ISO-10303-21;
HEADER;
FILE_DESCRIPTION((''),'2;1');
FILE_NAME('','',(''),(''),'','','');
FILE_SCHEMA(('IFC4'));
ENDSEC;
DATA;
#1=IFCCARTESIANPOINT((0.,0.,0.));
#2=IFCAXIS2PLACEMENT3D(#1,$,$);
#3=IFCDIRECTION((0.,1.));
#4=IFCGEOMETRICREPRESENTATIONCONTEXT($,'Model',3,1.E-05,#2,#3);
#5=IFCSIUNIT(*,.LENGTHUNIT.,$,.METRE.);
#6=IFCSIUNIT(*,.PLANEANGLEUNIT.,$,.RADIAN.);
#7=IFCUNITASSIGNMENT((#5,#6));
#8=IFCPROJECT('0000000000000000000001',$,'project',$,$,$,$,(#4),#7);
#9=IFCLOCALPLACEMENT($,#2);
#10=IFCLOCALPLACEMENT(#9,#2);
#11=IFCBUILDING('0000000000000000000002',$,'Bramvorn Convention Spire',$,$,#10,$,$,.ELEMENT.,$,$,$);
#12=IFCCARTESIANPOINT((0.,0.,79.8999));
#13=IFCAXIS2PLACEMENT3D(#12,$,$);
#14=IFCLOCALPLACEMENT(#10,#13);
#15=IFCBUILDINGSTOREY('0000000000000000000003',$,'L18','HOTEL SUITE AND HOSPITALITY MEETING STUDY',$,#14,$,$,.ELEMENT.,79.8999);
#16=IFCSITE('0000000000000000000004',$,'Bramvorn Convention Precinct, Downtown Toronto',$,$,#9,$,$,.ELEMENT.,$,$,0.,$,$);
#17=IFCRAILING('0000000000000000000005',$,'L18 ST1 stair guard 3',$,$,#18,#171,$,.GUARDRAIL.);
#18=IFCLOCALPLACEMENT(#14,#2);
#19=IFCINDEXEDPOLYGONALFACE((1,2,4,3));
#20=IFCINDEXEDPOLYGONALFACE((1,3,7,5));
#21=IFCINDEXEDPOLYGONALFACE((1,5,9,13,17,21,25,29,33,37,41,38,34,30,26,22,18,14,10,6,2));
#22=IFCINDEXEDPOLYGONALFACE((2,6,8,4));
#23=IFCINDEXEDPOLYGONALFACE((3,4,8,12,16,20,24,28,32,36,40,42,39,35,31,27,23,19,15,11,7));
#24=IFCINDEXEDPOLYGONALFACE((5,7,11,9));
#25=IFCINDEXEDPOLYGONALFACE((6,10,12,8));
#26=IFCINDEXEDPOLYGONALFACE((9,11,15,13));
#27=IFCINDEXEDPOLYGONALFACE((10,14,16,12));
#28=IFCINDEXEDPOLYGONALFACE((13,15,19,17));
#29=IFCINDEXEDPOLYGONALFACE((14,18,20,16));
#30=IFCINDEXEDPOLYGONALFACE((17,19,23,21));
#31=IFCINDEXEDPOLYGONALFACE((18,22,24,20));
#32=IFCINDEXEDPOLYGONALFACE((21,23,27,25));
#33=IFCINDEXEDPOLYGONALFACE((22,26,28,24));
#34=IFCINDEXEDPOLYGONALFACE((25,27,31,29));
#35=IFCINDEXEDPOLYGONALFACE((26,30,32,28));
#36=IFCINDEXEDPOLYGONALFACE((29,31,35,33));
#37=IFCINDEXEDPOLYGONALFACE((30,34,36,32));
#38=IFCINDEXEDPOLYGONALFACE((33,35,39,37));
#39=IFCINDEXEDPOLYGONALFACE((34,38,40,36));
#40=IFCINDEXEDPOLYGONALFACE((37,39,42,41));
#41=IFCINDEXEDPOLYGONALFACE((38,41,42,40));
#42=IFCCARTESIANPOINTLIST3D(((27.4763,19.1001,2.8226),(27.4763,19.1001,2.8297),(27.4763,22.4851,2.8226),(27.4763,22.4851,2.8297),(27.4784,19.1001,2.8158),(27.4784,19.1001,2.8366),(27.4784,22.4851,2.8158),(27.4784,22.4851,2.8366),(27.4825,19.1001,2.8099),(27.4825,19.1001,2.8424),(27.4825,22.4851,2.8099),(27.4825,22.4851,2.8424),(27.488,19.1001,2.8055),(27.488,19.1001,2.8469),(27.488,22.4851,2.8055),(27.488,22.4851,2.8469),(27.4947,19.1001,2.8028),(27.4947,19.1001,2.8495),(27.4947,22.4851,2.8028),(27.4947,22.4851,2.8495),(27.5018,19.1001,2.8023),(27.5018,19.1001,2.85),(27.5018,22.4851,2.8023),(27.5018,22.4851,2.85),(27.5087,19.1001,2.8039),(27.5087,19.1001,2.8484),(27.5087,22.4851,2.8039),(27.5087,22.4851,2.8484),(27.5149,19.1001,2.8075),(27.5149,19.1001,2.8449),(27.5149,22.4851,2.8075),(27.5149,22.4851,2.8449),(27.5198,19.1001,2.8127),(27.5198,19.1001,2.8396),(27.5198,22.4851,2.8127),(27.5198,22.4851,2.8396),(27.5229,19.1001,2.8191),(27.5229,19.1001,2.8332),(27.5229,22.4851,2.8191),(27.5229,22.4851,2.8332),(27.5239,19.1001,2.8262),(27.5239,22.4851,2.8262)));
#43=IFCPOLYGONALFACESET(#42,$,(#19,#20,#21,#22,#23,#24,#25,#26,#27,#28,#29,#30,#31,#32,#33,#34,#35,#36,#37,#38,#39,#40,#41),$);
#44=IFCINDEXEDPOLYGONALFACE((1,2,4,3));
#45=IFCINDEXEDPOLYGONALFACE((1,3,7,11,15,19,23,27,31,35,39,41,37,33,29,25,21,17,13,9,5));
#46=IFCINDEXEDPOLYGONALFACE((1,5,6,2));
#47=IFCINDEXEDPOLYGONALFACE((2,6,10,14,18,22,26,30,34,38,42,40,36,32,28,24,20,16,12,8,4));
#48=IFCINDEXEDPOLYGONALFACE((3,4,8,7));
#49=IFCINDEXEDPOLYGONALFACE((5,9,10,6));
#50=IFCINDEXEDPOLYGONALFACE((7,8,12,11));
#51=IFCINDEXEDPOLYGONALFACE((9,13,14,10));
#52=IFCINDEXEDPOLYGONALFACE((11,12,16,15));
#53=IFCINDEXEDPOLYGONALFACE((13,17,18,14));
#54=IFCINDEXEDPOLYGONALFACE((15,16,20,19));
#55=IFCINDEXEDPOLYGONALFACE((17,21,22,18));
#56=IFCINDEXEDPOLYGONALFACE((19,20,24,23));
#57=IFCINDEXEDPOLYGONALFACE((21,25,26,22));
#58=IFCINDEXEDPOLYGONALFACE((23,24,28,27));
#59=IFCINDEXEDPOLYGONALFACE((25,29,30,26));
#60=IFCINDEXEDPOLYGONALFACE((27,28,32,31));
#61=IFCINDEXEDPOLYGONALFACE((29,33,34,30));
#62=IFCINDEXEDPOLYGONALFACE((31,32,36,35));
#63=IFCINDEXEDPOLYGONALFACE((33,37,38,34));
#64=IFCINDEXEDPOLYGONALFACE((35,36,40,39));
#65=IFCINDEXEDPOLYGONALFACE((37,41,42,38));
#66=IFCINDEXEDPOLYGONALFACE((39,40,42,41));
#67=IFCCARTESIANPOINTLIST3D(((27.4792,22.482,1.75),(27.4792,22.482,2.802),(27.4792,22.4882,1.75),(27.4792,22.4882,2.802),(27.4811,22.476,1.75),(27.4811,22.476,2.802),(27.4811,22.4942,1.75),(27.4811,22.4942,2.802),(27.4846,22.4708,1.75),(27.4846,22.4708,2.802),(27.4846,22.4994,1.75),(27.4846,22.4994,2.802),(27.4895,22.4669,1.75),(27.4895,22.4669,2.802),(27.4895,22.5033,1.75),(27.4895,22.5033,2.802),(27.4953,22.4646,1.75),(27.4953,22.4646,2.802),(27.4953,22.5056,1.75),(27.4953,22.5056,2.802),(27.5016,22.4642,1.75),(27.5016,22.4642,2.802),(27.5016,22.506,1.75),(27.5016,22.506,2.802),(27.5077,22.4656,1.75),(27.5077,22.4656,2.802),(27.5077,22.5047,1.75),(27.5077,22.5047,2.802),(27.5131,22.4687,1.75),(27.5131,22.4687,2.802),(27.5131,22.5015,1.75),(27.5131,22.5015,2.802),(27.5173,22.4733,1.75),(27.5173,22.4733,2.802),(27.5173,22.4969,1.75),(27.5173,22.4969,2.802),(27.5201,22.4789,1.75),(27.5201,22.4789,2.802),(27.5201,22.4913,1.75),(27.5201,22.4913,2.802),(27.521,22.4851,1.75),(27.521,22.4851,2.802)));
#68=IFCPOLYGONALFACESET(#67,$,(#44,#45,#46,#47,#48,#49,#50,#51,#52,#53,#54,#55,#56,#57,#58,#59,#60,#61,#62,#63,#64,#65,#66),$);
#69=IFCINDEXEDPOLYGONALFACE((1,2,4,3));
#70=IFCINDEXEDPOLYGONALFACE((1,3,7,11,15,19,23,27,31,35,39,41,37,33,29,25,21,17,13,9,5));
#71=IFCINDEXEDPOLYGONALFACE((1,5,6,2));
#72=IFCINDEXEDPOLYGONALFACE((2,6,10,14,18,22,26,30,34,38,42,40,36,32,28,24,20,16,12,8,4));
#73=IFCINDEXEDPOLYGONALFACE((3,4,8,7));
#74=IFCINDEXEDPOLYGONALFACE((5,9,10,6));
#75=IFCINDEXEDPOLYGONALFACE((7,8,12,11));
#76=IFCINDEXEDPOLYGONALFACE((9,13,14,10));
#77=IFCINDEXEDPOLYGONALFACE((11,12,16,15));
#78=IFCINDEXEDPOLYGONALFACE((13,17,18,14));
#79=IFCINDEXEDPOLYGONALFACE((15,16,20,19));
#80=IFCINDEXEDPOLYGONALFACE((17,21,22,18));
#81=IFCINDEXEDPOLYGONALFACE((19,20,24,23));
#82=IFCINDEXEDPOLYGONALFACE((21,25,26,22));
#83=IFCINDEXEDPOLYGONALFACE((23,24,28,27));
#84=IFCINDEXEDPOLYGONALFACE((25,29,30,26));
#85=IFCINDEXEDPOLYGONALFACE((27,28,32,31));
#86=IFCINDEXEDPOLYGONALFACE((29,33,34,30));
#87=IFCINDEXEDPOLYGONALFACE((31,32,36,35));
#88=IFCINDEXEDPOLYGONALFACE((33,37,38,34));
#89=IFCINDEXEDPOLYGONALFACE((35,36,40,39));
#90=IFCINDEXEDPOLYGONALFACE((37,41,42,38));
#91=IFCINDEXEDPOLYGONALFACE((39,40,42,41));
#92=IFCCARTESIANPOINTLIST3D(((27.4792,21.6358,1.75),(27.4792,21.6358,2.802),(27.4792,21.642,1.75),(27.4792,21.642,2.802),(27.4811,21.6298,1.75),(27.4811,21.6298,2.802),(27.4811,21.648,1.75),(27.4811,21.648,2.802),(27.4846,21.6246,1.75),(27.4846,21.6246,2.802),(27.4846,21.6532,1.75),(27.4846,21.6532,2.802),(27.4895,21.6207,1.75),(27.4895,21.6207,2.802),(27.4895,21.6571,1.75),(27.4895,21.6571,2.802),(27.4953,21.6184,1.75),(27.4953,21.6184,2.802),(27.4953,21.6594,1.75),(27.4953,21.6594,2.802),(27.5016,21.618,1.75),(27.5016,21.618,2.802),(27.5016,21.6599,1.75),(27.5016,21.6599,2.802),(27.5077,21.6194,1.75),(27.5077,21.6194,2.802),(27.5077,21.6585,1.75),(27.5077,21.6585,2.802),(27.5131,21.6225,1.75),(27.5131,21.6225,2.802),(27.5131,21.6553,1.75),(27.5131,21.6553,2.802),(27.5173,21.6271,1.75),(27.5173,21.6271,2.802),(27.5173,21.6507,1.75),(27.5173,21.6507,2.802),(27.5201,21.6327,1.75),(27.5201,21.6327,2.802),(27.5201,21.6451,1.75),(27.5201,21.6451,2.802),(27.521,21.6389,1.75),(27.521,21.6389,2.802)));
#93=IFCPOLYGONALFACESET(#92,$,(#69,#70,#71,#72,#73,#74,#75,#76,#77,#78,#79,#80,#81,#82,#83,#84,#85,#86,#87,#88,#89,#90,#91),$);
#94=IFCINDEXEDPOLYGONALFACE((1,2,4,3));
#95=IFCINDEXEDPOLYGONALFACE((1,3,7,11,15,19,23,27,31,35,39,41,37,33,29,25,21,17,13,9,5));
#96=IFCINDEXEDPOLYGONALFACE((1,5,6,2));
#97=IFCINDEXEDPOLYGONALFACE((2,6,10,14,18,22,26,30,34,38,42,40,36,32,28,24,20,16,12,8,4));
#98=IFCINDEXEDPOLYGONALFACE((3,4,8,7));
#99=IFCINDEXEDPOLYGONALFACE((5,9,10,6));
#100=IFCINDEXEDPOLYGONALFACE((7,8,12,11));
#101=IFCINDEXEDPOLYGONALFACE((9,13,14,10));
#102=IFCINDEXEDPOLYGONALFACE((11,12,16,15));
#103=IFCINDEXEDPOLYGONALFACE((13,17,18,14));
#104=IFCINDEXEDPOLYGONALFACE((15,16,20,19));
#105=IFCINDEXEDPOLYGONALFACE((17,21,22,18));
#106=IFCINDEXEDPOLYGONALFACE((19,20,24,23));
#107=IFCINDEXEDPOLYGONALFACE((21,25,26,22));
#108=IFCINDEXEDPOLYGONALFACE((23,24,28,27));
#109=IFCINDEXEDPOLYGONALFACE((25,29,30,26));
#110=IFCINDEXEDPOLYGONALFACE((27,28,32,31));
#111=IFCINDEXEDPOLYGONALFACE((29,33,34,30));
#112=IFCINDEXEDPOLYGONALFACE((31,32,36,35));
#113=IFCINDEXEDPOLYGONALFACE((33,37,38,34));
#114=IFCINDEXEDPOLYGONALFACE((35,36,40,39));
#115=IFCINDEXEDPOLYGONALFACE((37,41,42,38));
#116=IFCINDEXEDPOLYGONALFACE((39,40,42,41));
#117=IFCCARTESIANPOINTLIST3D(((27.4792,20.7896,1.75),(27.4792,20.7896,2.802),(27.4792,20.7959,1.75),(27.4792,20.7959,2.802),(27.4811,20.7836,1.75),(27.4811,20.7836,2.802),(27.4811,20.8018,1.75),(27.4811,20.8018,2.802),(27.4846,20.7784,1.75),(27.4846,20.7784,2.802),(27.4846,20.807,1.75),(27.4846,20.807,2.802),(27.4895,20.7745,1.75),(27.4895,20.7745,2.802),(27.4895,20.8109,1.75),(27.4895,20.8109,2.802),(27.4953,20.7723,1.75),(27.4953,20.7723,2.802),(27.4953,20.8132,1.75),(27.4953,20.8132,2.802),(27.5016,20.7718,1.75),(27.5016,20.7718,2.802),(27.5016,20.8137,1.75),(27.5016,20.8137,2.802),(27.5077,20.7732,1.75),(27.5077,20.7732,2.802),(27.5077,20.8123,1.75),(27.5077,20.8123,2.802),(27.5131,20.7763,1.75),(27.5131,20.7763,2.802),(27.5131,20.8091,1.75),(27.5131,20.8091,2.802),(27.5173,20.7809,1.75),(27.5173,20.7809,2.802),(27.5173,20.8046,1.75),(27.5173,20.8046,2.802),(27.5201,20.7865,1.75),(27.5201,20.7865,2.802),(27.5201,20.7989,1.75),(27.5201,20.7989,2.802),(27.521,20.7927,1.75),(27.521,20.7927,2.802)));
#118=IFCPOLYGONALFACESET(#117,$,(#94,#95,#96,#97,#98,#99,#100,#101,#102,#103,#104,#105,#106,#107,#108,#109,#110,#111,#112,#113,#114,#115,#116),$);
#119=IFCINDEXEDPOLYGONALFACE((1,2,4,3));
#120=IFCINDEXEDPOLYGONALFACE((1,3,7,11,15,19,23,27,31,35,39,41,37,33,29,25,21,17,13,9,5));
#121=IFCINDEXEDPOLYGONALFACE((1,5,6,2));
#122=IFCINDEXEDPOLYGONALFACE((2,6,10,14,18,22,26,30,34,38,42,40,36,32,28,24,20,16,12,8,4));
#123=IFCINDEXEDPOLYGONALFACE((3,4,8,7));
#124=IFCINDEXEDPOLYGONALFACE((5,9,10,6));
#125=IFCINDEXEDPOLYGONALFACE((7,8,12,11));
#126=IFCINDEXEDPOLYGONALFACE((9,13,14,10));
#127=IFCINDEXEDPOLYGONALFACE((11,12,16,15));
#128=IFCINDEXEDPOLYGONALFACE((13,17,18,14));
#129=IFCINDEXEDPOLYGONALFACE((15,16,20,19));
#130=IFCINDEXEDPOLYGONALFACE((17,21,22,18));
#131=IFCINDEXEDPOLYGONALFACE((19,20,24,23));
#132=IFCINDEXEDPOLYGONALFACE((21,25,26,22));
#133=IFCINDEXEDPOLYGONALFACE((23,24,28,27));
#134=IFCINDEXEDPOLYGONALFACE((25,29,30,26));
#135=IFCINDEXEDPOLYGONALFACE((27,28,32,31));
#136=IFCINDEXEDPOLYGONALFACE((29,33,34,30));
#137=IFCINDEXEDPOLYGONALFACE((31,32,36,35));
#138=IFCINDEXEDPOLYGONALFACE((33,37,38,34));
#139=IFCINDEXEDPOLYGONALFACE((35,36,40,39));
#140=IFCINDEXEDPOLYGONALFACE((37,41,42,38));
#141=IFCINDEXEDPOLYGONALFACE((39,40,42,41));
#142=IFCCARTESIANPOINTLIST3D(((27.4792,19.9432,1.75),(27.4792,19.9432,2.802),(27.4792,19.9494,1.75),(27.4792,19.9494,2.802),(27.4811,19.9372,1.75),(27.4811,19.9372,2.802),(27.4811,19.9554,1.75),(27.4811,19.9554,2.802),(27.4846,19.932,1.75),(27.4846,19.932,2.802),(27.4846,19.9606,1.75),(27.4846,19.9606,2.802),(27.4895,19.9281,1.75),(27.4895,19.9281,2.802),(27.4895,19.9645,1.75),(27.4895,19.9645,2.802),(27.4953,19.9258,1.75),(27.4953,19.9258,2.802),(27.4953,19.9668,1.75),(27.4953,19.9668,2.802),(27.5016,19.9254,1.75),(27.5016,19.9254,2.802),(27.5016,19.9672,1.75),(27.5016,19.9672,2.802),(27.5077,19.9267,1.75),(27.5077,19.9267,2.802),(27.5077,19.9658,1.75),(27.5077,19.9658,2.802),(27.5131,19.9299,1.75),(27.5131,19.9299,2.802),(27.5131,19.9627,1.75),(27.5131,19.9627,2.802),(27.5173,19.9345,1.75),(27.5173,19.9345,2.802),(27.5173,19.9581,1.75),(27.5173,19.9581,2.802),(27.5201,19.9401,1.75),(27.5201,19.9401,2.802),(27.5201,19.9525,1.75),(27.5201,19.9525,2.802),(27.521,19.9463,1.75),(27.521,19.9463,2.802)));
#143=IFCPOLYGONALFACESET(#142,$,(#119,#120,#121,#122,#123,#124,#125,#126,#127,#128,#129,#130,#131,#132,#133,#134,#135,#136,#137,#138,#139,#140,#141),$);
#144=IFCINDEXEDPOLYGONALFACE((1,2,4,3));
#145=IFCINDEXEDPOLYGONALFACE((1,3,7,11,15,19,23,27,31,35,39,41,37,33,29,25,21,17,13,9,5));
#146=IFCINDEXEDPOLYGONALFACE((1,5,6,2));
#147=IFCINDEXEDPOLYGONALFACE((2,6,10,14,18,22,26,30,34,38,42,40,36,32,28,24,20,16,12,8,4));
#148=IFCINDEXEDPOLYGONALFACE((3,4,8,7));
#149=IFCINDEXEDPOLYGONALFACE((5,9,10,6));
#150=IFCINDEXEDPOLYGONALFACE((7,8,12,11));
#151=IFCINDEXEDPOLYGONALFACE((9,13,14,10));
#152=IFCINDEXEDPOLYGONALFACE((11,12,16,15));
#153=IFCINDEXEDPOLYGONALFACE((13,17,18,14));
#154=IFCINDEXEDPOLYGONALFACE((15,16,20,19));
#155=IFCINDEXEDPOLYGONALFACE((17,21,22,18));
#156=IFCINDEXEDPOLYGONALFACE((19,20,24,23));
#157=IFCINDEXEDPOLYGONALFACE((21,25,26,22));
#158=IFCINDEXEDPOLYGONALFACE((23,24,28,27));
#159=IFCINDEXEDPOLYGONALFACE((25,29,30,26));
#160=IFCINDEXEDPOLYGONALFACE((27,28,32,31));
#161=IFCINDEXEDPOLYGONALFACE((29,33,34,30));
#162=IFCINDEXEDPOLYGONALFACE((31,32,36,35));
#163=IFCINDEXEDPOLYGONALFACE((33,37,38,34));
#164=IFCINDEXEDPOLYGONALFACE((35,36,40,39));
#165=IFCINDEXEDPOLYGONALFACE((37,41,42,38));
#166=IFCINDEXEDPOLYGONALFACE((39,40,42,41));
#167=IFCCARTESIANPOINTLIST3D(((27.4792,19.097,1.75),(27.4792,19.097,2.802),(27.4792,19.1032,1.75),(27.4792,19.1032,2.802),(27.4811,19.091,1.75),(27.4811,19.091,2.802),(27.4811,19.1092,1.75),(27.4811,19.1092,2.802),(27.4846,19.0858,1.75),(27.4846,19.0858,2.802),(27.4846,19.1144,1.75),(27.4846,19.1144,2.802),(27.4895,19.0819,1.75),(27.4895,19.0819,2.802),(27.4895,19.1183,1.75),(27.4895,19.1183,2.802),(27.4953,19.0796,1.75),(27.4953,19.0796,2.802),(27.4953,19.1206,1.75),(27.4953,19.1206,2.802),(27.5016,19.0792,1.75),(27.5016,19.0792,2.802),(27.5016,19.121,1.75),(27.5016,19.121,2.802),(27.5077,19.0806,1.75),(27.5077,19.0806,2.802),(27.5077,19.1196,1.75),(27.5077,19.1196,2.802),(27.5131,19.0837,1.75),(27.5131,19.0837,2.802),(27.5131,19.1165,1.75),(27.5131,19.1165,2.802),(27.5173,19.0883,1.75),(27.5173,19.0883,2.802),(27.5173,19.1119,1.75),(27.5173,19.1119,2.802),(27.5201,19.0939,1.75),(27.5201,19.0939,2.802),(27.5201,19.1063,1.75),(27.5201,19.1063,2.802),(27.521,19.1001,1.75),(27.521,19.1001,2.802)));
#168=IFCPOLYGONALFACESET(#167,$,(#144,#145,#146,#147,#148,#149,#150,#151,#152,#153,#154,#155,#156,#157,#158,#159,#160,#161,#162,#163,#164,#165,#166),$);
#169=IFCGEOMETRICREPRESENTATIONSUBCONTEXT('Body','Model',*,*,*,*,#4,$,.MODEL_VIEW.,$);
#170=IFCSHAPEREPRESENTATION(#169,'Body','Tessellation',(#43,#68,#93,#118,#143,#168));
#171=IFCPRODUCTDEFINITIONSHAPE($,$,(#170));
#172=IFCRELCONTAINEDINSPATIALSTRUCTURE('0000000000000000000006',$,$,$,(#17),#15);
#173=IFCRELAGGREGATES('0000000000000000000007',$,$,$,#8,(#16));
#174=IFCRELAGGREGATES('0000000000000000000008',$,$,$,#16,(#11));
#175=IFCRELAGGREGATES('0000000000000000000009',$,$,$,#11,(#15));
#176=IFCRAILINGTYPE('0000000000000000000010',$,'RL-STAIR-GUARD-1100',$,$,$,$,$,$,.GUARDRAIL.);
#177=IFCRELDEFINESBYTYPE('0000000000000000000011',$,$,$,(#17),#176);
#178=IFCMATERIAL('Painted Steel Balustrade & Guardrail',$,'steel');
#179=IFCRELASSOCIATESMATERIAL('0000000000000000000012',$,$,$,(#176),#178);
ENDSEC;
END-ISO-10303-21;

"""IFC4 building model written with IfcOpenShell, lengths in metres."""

from ifc_helpers import new_model, si_unit, direction, frame, origin, origin_2d, place, context, subcontext, project, spatial, circle, extrude, material, type_object, element, save


model = new_model("IFC4")

# Units and contexts
model_context = context("Model", 3, precision=1e-05, world=origin(), true_north=direction((0.0, 1.0)))
body_context = subcontext(model_context, "Body", "Model", "MODEL_VIEW")
ifc_project = project(units=[si_unit("LENGTHUNIT", "METRE"), si_unit("PLANEANGLEUNIT", "RADIAN")], contexts=[model_context])

# Site, building, storey
site_placement = place(None, origin())
site = spatial("IfcSite", under=ifc_project, at=site_placement, Name="Bramvorn Convention Precinct, Downtown Toronto", CompositionType="ELEMENT", RefElevation=0.0)
building_placement = place(site_placement, origin())
building = spatial("IfcBuilding", under=site, at=building_placement, Name="Bramvorn Convention Spire", CompositionType="ELEMENT")
storey_placement = place(building_placement, frame((0.0, 0.0, 79.8999)))
storey = spatial("IfcBuildingStorey", under=building, at=storey_placement, Name="L18", Description="HOTEL SUITE AND HOSPITALITY MEETING STUDY", CompositionType="ELEMENT", Elevation=79.8999)

# Railing
ifc_material_1 = material(Name="Painted Steel Balustrade & Guardrail", Category="steel")
railing_type_1 = type_object("IfcRailingType", Name="RL-STAIR-GUARD-1100", PredefinedType="GUARDRAIL", material=ifc_material_1)
for number, where, name in (
    (1, (27.5, 22.4851, 1.75), "L18 ST1 stair guard 3"),
):
    element("IfcRailing", number, at=place(storey_placement, frame(where)), inside=storey, type_object=railing_type_1, Name=name, PredefinedType="GUARDRAIL", context=body_context, shape_type="SweptSolid", body=[
        extrude(circle(Radius=0.0239, at=origin_2d()), frame((0.0, 0.0, 1.0762), z_axis=(0.0, -1.0, 0.0), x_axis=(1.0, 0.0, 0.0)), (0.0, 0.0, 1.0), 3.385),
        extrude(circle(Radius=0.021, at=origin_2d()), origin(), (0.0, 0.0, 1.0), 1.052),
        extrude(circle(Radius=0.021, at=origin_2d()), frame((0.0, -0.8462, 0.0)), (0.0, 0.0, 1.0), 1.052),
        extrude(circle(Radius=0.021, at=origin_2d()), frame((0.0, -1.6924, 0.0)), (0.0, 0.0, 1.0), 1.052),
        extrude(circle(Radius=0.021, at=origin_2d()), frame((0.0, -2.5388, 0.0)), (0.0, 0.0, 1.0), 1.052),
        extrude(circle(Radius=0.021, at=origin_2d()), frame((0.0, -3.385, 0.0)), (0.0, 0.0, 1.0), 1.052),
    ])

save(model, "model.ifc")
